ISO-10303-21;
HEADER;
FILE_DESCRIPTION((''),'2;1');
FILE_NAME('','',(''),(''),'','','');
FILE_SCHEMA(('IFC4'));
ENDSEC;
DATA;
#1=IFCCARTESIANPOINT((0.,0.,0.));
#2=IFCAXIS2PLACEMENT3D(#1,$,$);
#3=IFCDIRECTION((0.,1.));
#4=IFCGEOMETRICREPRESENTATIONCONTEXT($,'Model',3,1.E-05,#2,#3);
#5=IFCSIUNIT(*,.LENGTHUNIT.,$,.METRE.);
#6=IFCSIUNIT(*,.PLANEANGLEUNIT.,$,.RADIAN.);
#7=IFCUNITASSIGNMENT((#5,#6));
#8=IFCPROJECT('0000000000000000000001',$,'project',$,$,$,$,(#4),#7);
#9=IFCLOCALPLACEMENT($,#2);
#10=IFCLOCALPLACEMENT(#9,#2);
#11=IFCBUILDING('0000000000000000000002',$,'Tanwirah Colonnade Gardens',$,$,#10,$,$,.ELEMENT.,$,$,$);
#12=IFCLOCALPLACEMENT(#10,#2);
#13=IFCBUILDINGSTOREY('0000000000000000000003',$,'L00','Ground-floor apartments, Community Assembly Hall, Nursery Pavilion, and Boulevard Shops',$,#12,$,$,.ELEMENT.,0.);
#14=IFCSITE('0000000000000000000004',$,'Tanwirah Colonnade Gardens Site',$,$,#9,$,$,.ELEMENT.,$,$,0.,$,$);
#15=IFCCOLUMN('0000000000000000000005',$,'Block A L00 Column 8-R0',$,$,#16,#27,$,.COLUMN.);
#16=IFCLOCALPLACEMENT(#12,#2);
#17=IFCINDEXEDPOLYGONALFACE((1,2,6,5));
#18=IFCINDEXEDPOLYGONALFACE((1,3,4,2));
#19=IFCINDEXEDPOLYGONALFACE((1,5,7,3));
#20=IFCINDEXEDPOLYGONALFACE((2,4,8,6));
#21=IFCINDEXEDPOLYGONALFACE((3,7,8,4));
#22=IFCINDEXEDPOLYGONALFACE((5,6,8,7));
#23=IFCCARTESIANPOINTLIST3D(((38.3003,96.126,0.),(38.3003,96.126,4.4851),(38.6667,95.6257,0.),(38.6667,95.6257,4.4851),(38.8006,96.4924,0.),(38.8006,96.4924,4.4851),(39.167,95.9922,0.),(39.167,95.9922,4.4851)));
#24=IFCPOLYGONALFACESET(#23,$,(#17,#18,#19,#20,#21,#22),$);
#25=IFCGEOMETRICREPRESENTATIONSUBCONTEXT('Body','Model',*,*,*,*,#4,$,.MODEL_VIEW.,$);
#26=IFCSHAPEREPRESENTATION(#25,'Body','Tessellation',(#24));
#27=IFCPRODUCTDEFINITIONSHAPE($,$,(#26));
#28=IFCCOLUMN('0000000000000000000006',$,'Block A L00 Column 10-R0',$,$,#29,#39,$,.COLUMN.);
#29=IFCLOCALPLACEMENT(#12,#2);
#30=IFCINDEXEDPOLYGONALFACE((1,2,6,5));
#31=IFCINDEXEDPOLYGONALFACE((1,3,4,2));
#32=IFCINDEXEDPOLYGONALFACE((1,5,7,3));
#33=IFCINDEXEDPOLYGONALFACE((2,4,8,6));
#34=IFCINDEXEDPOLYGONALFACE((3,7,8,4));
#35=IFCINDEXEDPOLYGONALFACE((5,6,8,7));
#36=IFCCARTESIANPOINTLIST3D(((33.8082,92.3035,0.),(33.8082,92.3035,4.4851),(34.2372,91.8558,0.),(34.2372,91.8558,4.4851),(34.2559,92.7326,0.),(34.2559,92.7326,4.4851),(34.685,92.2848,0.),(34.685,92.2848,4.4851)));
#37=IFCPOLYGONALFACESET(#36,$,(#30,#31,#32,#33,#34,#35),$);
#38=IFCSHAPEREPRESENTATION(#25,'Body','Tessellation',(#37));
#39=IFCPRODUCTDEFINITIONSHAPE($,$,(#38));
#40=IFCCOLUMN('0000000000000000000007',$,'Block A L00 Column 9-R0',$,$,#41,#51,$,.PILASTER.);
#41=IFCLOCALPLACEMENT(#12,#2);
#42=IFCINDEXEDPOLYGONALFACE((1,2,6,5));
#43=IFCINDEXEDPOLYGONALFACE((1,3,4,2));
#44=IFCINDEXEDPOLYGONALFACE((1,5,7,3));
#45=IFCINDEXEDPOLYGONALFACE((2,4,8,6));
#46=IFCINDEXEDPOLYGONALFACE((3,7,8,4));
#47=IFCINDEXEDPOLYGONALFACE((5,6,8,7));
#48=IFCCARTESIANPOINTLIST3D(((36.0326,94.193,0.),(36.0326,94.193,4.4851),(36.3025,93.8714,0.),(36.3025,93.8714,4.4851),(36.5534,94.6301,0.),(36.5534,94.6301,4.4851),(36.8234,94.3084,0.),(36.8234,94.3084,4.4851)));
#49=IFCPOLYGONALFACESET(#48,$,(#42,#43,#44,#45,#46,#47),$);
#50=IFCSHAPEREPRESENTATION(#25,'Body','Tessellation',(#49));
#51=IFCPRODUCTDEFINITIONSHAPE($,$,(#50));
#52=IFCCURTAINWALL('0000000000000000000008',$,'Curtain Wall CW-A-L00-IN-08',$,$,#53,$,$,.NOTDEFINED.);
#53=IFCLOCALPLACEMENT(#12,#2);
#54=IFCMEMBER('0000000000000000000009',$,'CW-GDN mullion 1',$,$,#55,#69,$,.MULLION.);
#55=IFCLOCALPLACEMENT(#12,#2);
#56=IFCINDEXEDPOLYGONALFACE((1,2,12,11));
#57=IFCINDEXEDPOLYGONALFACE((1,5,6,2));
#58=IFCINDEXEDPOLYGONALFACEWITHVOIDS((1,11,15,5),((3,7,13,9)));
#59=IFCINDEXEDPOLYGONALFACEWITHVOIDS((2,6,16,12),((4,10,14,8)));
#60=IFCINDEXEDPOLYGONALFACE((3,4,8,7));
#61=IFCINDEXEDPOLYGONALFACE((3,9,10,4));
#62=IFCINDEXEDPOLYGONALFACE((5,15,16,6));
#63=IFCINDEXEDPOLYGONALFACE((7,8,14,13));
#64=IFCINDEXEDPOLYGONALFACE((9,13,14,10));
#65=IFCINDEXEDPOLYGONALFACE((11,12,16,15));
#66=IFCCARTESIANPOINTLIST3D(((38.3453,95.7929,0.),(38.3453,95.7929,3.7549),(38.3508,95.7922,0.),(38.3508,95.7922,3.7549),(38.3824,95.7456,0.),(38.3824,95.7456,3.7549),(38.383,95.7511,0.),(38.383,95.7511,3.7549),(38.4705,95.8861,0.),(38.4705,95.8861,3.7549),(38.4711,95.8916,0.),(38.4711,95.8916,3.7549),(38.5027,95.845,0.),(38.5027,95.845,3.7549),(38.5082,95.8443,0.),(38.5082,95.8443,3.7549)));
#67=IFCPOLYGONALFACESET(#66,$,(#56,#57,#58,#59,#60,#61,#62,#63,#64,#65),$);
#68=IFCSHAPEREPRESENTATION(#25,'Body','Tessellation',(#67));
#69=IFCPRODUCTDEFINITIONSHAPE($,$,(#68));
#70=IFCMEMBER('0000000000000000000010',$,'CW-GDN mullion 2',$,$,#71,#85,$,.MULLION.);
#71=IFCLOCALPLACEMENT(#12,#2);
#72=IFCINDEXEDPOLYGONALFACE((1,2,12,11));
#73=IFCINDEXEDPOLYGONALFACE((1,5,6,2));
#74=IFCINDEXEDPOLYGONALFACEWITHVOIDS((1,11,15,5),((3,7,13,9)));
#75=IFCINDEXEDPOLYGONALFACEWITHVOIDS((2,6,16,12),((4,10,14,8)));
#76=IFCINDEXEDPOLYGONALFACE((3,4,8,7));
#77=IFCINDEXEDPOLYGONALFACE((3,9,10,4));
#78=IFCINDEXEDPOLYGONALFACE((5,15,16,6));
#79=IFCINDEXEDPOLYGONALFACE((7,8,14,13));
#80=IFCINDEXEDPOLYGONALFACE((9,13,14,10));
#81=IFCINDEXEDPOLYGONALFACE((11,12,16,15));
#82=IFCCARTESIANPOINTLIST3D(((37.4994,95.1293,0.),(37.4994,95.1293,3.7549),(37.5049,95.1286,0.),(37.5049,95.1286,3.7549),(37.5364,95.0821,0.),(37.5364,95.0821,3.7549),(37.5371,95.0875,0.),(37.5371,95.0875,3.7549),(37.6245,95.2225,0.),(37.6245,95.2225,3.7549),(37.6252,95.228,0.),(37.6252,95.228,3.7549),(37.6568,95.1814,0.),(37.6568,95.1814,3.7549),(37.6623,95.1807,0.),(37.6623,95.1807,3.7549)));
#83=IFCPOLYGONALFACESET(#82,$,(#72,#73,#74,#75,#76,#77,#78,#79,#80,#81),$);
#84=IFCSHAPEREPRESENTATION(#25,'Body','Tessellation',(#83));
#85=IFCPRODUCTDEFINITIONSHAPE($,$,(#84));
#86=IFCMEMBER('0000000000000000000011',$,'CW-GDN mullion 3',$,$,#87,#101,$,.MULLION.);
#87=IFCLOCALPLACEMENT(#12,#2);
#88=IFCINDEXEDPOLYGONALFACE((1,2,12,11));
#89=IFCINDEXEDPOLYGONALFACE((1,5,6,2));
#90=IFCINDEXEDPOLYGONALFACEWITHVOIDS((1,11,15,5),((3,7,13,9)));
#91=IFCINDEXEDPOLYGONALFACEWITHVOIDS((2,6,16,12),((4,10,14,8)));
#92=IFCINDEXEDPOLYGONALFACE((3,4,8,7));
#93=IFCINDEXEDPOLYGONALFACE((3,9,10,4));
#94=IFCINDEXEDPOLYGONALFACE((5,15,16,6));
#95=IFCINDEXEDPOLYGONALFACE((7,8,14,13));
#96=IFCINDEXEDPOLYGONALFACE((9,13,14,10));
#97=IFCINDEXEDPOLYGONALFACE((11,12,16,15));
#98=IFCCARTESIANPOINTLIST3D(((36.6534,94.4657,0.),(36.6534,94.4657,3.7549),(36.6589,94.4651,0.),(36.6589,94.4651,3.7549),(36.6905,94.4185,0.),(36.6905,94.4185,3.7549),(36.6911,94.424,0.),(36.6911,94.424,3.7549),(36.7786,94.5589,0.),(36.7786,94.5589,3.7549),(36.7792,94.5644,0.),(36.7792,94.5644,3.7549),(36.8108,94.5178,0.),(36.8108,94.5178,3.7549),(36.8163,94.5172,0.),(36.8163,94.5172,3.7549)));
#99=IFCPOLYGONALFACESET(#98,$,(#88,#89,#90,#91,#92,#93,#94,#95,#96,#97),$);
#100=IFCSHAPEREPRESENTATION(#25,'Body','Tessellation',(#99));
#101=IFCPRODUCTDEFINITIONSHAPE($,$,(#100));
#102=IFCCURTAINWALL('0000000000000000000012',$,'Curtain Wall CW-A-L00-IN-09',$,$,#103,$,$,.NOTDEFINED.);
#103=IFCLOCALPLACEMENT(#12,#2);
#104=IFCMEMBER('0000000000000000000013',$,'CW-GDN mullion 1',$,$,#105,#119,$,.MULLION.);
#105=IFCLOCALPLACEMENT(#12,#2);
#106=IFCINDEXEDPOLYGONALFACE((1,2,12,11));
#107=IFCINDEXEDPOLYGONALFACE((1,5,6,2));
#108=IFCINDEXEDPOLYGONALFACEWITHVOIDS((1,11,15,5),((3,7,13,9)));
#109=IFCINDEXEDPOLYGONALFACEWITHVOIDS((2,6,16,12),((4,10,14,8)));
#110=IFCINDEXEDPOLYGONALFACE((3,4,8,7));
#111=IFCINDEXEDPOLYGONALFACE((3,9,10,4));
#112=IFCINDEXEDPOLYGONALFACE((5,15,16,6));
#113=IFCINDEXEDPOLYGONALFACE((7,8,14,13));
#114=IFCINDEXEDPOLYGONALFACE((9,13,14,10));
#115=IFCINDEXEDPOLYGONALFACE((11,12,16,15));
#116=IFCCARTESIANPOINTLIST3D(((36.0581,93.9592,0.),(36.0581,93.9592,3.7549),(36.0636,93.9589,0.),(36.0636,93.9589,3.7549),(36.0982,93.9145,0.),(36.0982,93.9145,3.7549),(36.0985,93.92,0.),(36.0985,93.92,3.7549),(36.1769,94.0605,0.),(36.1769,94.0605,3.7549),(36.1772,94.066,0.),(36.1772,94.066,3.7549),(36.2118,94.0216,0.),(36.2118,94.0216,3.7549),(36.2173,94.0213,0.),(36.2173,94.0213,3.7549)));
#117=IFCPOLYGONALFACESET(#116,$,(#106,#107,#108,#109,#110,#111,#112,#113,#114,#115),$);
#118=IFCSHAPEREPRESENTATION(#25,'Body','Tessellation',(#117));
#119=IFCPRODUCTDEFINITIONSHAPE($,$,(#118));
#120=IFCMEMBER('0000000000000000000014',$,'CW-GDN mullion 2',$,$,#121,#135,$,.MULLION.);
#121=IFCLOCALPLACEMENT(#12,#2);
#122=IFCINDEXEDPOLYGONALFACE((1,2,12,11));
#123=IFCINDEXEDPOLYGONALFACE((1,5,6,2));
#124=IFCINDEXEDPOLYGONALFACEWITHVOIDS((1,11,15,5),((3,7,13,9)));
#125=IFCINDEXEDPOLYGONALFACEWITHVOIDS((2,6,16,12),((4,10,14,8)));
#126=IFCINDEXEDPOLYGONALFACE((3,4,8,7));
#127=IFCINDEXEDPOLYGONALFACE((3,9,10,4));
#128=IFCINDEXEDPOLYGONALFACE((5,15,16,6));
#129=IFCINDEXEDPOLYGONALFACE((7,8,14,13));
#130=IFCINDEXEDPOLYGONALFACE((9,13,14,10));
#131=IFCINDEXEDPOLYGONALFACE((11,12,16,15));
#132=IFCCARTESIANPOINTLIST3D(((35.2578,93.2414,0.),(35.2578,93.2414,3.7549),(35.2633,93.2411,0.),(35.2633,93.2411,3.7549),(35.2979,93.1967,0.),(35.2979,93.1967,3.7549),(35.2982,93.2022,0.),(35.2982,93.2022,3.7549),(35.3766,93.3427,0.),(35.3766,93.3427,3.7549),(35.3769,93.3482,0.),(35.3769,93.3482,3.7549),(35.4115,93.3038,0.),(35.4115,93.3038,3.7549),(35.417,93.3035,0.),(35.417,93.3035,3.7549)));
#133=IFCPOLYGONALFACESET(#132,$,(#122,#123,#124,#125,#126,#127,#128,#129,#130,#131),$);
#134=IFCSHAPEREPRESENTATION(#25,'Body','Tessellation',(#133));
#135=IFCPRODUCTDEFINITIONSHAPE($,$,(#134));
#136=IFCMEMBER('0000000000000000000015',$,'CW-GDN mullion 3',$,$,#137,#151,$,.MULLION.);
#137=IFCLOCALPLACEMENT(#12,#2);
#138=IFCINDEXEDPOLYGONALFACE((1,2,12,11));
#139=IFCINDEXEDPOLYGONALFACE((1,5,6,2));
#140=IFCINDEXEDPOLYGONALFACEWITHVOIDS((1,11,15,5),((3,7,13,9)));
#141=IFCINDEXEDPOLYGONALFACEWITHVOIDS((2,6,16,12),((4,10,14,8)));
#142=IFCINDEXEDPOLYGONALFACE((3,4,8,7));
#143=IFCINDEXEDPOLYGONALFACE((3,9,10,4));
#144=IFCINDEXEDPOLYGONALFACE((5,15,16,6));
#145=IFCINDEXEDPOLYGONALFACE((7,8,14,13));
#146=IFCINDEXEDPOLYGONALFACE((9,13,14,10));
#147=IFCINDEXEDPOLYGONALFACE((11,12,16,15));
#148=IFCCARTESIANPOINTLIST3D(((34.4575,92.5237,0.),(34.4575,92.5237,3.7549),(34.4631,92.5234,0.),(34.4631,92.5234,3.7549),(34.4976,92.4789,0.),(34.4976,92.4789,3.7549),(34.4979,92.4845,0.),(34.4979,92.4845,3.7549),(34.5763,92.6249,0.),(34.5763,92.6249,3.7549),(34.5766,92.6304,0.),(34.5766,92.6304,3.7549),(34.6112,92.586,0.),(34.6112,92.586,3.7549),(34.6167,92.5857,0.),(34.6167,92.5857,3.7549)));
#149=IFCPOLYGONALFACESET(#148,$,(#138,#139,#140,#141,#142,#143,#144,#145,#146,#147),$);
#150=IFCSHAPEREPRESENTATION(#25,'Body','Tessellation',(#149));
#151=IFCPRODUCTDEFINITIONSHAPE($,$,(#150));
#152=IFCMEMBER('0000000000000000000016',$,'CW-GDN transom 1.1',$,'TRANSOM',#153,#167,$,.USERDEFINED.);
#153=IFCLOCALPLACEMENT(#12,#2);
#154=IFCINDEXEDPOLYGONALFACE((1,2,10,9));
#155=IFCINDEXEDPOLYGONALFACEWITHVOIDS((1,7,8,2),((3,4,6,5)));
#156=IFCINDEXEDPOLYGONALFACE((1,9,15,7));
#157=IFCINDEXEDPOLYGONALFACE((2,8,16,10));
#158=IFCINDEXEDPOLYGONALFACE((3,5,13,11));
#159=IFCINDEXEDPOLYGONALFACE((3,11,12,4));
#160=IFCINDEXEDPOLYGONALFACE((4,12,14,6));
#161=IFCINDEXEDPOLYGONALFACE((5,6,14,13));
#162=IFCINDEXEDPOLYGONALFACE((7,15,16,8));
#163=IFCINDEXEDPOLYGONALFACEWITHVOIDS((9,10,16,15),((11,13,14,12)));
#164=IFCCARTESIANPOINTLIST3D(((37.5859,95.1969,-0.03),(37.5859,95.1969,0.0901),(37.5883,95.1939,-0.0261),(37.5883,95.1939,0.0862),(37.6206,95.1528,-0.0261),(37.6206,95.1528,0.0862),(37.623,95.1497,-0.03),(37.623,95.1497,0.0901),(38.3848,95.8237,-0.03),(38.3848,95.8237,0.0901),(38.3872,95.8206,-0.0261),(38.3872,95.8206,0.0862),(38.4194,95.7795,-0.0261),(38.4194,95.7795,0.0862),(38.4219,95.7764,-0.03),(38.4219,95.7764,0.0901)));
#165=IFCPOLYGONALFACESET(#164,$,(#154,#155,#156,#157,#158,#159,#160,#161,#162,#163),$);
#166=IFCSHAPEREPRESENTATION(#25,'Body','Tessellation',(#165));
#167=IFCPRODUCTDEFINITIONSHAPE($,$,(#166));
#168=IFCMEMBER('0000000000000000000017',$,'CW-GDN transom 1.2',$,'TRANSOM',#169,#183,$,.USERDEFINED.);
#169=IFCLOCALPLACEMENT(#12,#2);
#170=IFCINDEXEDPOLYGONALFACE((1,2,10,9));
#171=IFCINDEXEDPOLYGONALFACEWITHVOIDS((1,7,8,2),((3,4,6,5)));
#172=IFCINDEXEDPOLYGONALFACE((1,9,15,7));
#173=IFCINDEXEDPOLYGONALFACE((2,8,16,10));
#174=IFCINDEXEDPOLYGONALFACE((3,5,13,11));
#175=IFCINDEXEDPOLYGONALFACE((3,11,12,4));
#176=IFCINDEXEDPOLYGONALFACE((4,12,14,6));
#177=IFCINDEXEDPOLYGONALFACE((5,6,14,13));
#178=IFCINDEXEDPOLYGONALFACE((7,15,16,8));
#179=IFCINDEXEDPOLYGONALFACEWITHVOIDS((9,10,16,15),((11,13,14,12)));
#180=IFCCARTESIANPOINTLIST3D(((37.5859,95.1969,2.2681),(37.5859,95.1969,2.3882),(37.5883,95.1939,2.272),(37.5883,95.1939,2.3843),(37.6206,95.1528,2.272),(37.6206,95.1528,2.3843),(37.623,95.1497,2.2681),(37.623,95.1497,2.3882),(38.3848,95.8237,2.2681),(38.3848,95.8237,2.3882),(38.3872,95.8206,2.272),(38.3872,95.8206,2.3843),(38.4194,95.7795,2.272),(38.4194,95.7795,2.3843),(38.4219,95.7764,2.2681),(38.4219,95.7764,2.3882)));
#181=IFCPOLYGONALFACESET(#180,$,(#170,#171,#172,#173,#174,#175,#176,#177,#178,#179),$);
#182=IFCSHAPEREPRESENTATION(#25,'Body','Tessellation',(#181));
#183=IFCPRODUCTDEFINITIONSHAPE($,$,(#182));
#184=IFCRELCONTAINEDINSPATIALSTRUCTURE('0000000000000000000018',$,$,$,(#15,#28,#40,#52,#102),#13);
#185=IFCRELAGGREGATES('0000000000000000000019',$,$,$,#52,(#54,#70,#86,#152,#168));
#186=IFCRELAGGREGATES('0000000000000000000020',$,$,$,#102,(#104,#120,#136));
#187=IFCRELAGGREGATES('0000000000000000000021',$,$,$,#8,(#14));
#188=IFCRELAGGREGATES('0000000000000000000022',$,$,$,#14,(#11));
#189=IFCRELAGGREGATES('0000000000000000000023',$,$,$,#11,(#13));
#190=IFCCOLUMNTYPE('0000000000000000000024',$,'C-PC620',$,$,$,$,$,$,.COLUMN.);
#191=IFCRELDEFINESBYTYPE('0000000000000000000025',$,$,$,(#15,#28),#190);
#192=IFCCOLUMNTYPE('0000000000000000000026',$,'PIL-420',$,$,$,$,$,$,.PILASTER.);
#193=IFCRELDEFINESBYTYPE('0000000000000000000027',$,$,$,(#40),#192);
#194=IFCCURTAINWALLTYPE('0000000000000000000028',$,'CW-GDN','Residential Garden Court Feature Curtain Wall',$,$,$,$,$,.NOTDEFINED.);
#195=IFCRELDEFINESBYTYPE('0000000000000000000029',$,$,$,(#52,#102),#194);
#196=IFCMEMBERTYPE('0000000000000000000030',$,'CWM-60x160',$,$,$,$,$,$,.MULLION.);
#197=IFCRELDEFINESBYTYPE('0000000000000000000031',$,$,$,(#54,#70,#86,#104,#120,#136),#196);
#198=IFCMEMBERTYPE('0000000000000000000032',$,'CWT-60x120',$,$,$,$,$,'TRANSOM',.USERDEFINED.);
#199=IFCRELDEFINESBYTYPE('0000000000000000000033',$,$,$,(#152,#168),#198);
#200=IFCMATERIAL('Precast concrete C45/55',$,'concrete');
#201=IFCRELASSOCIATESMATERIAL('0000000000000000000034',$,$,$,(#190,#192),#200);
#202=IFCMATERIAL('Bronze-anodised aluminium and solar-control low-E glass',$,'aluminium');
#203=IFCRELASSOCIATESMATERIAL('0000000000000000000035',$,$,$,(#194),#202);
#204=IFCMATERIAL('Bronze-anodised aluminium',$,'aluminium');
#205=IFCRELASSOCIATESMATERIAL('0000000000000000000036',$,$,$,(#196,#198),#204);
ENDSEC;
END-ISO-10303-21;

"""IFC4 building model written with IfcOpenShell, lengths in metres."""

from ifc_helpers import new_model, si_unit, direction, frame, origin, origin_2d, place, context, subcontext, project, spatial, rectangle, hollow_rectangle, extrude, material, material_profile, profile_set, type_object, element, aggregate, save


model = new_model("IFC4")

# Units and contexts
model_context = context("Model", 3, precision=1e-05, world=origin(), true_north=direction((0.0, 1.0)))
body_context = subcontext(model_context, "Body", "Model", "MODEL_VIEW")
ifc_project = project(units=[si_unit("LENGTHUNIT", "METRE"), si_unit("PLANEANGLEUNIT", "RADIAN")], contexts=[model_context])

# Site, building, storey
site_placement = place(None, origin())
site = spatial("IfcSite", under=ifc_project, at=site_placement, Name="Tanwirah Colonnade Gardens Site", CompositionType="ELEMENT", RefElevation=0.0)
building_placement = place(site_placement, origin())
building = spatial("IfcBuilding", under=site, at=building_placement, Name="Tanwirah Colonnade Gardens", CompositionType="ELEMENT")
storey_placement = place(building_placement, origin())
storey = spatial("IfcBuildingStorey", under=building, at=storey_placement, Name="L00", Description="Ground-floor apartments, Community Assembly Hall, Nursery Pavilion, and Boulevard Shops", CompositionType="ELEMENT", Elevation=0.0)

# Columns
ifc_material_1 = material(Name="Precast concrete C45/55", Category="concrete")
ifc_material_profile_1 = material_profile(ifc_material_1, rectangle(XDim=0.6201, YDim=0.6201, at=origin_2d()), Name="PC-COL 620x620")
ifc_profile_set_1 = profile_set([ifc_material_profile_1], Name="Precast concrete C45/55")
column_type_1 = type_object("IfcColumnType", Name="C-PC620", PredefinedType="COLUMN", material=ifc_profile_set_1)
for number, where, z_axis, x_axis, name in (
    (1, (38.7336, 96.0591, 0.0), (0.0, 0.0, 1.0), (-0.590919, 0.806731, 0.0), "Block A L00 Column 8-R0"),
    (2, (34.2466, 92.2942, 0.0), (0.0, 0.0, 1.0), (-0.691863, 0.722029, 0.0), "Block A L00 Column 10-R0"),
):
    element("IfcColumn", number, at=place(storey_placement, frame(where, z_axis=z_axis, x_axis=x_axis)), inside=storey, type_object=column_type_1, Name=name, PredefinedType="COLUMN", context=body_context, shape_type="SweptSolid", body=[
        extrude(rectangle(XDim=0.6201, YDim=0.6201, at=origin_2d()), origin(), (0.0, 0.0, 1.0), 4.4851),
    ])
ifc_material_profile_2 = material_profile(ifc_material_1, rectangle(XDim=0.4199, YDim=0.6799, at=origin_2d()), Name="PC-PIL 420x680")
ifc_profile_set_2 = profile_set([ifc_material_profile_2], Name="Precast concrete C45/55")
column_type_2 = type_object("IfcColumnType", Name="PIL-420", PredefinedType="PILASTER", material=ifc_profile_set_2)
column_placement = place(storey_placement, frame((36.428, 94.2507, 0.0), z_axis=(0.0, 0.0, 1.0), x_axis=(-0.642788, 0.766044, 0.0)))
element("IfcColumn", 3, at=column_placement, inside=storey, type_object=column_type_2, Name="Block A L00 Column 9-R0", PredefinedType="PILASTER", context=body_context, shape_type="SweptSolid", body=[
    extrude(rectangle(XDim=0.4199, YDim=0.6799, at=origin_2d()), origin(), (0.0, 0.0, 1.0), 4.4851),
])

# Curtain walls, members
ifc_material_2 = material(Name="Bronze-anodised aluminium and solar-control low-E glass", Category="aluminium")
curtain_wall_type = type_object("IfcCurtainWallType", Name="CW-GDN", Description="Residential Garden Court Feature Curtain Wall", PredefinedType="NOTDEFINED", material=ifc_material_2)
curtain_wall_1_placement = place(storey_placement, origin())
curtain_wall_1 = element("IfcCurtainWall", 4, at=curtain_wall_1_placement, inside=storey, type_object=curtain_wall_type, Name="Curtain Wall CW-A-L00-IN-08", PredefinedType="NOTDEFINED")
ifc_material_3 = material(Name="Bronze-anodised aluminium", Category="aluminium")
ifc_material_profile_3 = material_profile(ifc_material_3, hollow_rectangle(XDim=0.0601, YDim=0.1599, WallThickness=0.0039, at=origin_2d()), Name="CW-MUL 60x160x4")
ifc_profile_set_3 = profile_set([ifc_material_profile_3], Name="Bronze-anodised aluminium")
member_type_1 = type_object("IfcMemberType", Name="CWM-60x160", PredefinedType="MULLION", material=ifc_profile_set_3)
member_1_placement = place(storey_placement, frame((38.4268, 95.8186, 0.0), z_axis=(0.0, 0.0, 1.0), x_axis=(0.617189, -0.786815, 0.0)))
member_1 = element("IfcMember", 5, at=member_1_placement, type_object=member_type_1, Name="CW-GDN mullion 1", PredefinedType="MULLION", context=body_context, shape_type="SweptSolid", body=[
    extrude(hollow_rectangle(XDim=0.0601, YDim=0.1599, WallThickness=0.0039, at=origin_2d()), origin(), (0.0, 0.0, 1.0), 3.7549),
])
member_2_placement = place(storey_placement, frame((37.5808, 95.155, 0.0), z_axis=(0.0, 0.0, 1.0), x_axis=(0.617189, -0.786815, 0.0)))
member_2 = element("IfcMember", 6, at=member_2_placement, type_object=member_type_1, Name="CW-GDN mullion 2", PredefinedType="MULLION", context=body_context, shape_type="SweptSolid", body=[
    extrude(hollow_rectangle(XDim=0.0601, YDim=0.1599, WallThickness=0.0039, at=origin_2d()), origin(), (0.0, 0.0, 1.0), 3.7549),
])
member_3_placement = place(storey_placement, frame((36.7349, 94.4915, 0.0), z_axis=(0.0, 0.0, 1.0), x_axis=(0.617189, -0.786815, 0.0)))
member_3 = element("IfcMember", 7, at=member_3_placement, type_object=member_type_1, Name="CW-GDN mullion 3", PredefinedType="MULLION", context=body_context, shape_type="SweptSolid", body=[
    extrude(hollow_rectangle(XDim=0.0601, YDim=0.1599, WallThickness=0.0039, at=origin_2d()), origin(), (0.0, 0.0, 1.0), 3.7549),
])
curtain_wall_2_placement = place(storey_placement, origin())
curtain_wall_2 = element("IfcCurtainWall", 8, at=curtain_wall_2_placement, inside=storey, type_object=curtain_wall_type, Name="Curtain Wall CW-A-L00-IN-09", PredefinedType="NOTDEFINED")
member_4_placement = place(storey_placement, frame((36.1377, 93.9902, 0.0), z_axis=(0.0, 0.0, 1.0), x_axis=(0.667689, -0.74444, 0.0)))
member_4 = element("IfcMember", 9, at=member_4_placement, type_object=member_type_1, Name="CW-GDN mullion 1", PredefinedType="MULLION", context=body_context, shape_type="SweptSolid", body=[
    extrude(hollow_rectangle(XDim=0.0601, YDim=0.1599, WallThickness=0.0039, at=origin_2d()), origin(), (0.0, 0.0, 1.0), 3.7549),
])
member_5_placement = place(storey_placement, frame((35.3374, 93.2725, 0.0), z_axis=(0.0, 0.0, 1.0), x_axis=(0.667689, -0.74444, 0.0)))
member_5 = element("IfcMember", 10, at=member_5_placement, type_object=member_type_1, Name="CW-GDN mullion 2", PredefinedType="MULLION", context=body_context, shape_type="SweptSolid", body=[
    extrude(hollow_rectangle(XDim=0.0601, YDim=0.1599, WallThickness=0.0039, at=origin_2d()), origin(), (0.0, 0.0, 1.0), 3.7549),
])
member_6_placement = place(storey_placement, frame((34.5371, 92.5547, 0.0), z_axis=(0.0, 0.0, 1.0), x_axis=(0.667689, -0.74444, 0.0)))
member_6 = element("IfcMember", 11, at=member_6_placement, type_object=member_type_1, Name="CW-GDN mullion 3", PredefinedType="MULLION", context=body_context, shape_type="SweptSolid", body=[
    extrude(hollow_rectangle(XDim=0.0601, YDim=0.1599, WallThickness=0.0039, at=origin_2d()), origin(), (0.0, 0.0, 1.0), 3.7549),
])

# Members
ifc_material_profile_4 = material_profile(ifc_material_3, hollow_rectangle(XDim=0.0601, YDim=0.1201, WallThickness=0.0039, at=origin_2d()), Name="CW-TRN 60x120x4")
ifc_profile_set_4 = profile_set([ifc_material_profile_4], Name="Bronze-anodised aluminium")
member_type_2 = type_object("IfcMemberType", Name="CWT-60x120", ElementType="TRANSOM", PredefinedType="USERDEFINED", material=ifc_profile_set_4)
member_7_placement = place(storey_placement, frame((38.4033, 95.8, 0.03), z_axis=(-0.786769, -0.617248, 0.0), x_axis=(0.617248, -0.786769, 0.0)))
member_7 = element("IfcMember", 12, at=member_7_placement, type_object=member_type_2, Name="CW-GDN transom 1.1", ObjectType="TRANSOM", PredefinedType="USERDEFINED", context=body_context, shape_type="SweptSolid", body=[
    extrude(hollow_rectangle(XDim=0.0601, YDim=0.1201, WallThickness=0.0039, at=origin_2d()), origin(), (0.0, 0.0, 1.0), 1.0154),
])
member_8_placement = place(storey_placement, frame((38.4033, 95.8, 2.3281), z_axis=(-0.786769, -0.617248, 0.0), x_axis=(0.617248, -0.786769, 0.0)))
member_8 = element("IfcMember", 13, at=member_8_placement, type_object=member_type_2, Name="CW-GDN transom 1.2", ObjectType="TRANSOM", PredefinedType="USERDEFINED", context=body_context, shape_type="SweptSolid", body=[
    extrude(hollow_rectangle(XDim=0.0601, YDim=0.1201, WallThickness=0.0039, at=origin_2d()), origin(), (0.0, 0.0, 1.0), 1.0154),
])

aggregate(curtain_wall_1, [member_1, member_2, member_3, member_7, member_8])
aggregate(curtain_wall_2, [member_4, member_5, member_6])

save(model, "model.ifc")
